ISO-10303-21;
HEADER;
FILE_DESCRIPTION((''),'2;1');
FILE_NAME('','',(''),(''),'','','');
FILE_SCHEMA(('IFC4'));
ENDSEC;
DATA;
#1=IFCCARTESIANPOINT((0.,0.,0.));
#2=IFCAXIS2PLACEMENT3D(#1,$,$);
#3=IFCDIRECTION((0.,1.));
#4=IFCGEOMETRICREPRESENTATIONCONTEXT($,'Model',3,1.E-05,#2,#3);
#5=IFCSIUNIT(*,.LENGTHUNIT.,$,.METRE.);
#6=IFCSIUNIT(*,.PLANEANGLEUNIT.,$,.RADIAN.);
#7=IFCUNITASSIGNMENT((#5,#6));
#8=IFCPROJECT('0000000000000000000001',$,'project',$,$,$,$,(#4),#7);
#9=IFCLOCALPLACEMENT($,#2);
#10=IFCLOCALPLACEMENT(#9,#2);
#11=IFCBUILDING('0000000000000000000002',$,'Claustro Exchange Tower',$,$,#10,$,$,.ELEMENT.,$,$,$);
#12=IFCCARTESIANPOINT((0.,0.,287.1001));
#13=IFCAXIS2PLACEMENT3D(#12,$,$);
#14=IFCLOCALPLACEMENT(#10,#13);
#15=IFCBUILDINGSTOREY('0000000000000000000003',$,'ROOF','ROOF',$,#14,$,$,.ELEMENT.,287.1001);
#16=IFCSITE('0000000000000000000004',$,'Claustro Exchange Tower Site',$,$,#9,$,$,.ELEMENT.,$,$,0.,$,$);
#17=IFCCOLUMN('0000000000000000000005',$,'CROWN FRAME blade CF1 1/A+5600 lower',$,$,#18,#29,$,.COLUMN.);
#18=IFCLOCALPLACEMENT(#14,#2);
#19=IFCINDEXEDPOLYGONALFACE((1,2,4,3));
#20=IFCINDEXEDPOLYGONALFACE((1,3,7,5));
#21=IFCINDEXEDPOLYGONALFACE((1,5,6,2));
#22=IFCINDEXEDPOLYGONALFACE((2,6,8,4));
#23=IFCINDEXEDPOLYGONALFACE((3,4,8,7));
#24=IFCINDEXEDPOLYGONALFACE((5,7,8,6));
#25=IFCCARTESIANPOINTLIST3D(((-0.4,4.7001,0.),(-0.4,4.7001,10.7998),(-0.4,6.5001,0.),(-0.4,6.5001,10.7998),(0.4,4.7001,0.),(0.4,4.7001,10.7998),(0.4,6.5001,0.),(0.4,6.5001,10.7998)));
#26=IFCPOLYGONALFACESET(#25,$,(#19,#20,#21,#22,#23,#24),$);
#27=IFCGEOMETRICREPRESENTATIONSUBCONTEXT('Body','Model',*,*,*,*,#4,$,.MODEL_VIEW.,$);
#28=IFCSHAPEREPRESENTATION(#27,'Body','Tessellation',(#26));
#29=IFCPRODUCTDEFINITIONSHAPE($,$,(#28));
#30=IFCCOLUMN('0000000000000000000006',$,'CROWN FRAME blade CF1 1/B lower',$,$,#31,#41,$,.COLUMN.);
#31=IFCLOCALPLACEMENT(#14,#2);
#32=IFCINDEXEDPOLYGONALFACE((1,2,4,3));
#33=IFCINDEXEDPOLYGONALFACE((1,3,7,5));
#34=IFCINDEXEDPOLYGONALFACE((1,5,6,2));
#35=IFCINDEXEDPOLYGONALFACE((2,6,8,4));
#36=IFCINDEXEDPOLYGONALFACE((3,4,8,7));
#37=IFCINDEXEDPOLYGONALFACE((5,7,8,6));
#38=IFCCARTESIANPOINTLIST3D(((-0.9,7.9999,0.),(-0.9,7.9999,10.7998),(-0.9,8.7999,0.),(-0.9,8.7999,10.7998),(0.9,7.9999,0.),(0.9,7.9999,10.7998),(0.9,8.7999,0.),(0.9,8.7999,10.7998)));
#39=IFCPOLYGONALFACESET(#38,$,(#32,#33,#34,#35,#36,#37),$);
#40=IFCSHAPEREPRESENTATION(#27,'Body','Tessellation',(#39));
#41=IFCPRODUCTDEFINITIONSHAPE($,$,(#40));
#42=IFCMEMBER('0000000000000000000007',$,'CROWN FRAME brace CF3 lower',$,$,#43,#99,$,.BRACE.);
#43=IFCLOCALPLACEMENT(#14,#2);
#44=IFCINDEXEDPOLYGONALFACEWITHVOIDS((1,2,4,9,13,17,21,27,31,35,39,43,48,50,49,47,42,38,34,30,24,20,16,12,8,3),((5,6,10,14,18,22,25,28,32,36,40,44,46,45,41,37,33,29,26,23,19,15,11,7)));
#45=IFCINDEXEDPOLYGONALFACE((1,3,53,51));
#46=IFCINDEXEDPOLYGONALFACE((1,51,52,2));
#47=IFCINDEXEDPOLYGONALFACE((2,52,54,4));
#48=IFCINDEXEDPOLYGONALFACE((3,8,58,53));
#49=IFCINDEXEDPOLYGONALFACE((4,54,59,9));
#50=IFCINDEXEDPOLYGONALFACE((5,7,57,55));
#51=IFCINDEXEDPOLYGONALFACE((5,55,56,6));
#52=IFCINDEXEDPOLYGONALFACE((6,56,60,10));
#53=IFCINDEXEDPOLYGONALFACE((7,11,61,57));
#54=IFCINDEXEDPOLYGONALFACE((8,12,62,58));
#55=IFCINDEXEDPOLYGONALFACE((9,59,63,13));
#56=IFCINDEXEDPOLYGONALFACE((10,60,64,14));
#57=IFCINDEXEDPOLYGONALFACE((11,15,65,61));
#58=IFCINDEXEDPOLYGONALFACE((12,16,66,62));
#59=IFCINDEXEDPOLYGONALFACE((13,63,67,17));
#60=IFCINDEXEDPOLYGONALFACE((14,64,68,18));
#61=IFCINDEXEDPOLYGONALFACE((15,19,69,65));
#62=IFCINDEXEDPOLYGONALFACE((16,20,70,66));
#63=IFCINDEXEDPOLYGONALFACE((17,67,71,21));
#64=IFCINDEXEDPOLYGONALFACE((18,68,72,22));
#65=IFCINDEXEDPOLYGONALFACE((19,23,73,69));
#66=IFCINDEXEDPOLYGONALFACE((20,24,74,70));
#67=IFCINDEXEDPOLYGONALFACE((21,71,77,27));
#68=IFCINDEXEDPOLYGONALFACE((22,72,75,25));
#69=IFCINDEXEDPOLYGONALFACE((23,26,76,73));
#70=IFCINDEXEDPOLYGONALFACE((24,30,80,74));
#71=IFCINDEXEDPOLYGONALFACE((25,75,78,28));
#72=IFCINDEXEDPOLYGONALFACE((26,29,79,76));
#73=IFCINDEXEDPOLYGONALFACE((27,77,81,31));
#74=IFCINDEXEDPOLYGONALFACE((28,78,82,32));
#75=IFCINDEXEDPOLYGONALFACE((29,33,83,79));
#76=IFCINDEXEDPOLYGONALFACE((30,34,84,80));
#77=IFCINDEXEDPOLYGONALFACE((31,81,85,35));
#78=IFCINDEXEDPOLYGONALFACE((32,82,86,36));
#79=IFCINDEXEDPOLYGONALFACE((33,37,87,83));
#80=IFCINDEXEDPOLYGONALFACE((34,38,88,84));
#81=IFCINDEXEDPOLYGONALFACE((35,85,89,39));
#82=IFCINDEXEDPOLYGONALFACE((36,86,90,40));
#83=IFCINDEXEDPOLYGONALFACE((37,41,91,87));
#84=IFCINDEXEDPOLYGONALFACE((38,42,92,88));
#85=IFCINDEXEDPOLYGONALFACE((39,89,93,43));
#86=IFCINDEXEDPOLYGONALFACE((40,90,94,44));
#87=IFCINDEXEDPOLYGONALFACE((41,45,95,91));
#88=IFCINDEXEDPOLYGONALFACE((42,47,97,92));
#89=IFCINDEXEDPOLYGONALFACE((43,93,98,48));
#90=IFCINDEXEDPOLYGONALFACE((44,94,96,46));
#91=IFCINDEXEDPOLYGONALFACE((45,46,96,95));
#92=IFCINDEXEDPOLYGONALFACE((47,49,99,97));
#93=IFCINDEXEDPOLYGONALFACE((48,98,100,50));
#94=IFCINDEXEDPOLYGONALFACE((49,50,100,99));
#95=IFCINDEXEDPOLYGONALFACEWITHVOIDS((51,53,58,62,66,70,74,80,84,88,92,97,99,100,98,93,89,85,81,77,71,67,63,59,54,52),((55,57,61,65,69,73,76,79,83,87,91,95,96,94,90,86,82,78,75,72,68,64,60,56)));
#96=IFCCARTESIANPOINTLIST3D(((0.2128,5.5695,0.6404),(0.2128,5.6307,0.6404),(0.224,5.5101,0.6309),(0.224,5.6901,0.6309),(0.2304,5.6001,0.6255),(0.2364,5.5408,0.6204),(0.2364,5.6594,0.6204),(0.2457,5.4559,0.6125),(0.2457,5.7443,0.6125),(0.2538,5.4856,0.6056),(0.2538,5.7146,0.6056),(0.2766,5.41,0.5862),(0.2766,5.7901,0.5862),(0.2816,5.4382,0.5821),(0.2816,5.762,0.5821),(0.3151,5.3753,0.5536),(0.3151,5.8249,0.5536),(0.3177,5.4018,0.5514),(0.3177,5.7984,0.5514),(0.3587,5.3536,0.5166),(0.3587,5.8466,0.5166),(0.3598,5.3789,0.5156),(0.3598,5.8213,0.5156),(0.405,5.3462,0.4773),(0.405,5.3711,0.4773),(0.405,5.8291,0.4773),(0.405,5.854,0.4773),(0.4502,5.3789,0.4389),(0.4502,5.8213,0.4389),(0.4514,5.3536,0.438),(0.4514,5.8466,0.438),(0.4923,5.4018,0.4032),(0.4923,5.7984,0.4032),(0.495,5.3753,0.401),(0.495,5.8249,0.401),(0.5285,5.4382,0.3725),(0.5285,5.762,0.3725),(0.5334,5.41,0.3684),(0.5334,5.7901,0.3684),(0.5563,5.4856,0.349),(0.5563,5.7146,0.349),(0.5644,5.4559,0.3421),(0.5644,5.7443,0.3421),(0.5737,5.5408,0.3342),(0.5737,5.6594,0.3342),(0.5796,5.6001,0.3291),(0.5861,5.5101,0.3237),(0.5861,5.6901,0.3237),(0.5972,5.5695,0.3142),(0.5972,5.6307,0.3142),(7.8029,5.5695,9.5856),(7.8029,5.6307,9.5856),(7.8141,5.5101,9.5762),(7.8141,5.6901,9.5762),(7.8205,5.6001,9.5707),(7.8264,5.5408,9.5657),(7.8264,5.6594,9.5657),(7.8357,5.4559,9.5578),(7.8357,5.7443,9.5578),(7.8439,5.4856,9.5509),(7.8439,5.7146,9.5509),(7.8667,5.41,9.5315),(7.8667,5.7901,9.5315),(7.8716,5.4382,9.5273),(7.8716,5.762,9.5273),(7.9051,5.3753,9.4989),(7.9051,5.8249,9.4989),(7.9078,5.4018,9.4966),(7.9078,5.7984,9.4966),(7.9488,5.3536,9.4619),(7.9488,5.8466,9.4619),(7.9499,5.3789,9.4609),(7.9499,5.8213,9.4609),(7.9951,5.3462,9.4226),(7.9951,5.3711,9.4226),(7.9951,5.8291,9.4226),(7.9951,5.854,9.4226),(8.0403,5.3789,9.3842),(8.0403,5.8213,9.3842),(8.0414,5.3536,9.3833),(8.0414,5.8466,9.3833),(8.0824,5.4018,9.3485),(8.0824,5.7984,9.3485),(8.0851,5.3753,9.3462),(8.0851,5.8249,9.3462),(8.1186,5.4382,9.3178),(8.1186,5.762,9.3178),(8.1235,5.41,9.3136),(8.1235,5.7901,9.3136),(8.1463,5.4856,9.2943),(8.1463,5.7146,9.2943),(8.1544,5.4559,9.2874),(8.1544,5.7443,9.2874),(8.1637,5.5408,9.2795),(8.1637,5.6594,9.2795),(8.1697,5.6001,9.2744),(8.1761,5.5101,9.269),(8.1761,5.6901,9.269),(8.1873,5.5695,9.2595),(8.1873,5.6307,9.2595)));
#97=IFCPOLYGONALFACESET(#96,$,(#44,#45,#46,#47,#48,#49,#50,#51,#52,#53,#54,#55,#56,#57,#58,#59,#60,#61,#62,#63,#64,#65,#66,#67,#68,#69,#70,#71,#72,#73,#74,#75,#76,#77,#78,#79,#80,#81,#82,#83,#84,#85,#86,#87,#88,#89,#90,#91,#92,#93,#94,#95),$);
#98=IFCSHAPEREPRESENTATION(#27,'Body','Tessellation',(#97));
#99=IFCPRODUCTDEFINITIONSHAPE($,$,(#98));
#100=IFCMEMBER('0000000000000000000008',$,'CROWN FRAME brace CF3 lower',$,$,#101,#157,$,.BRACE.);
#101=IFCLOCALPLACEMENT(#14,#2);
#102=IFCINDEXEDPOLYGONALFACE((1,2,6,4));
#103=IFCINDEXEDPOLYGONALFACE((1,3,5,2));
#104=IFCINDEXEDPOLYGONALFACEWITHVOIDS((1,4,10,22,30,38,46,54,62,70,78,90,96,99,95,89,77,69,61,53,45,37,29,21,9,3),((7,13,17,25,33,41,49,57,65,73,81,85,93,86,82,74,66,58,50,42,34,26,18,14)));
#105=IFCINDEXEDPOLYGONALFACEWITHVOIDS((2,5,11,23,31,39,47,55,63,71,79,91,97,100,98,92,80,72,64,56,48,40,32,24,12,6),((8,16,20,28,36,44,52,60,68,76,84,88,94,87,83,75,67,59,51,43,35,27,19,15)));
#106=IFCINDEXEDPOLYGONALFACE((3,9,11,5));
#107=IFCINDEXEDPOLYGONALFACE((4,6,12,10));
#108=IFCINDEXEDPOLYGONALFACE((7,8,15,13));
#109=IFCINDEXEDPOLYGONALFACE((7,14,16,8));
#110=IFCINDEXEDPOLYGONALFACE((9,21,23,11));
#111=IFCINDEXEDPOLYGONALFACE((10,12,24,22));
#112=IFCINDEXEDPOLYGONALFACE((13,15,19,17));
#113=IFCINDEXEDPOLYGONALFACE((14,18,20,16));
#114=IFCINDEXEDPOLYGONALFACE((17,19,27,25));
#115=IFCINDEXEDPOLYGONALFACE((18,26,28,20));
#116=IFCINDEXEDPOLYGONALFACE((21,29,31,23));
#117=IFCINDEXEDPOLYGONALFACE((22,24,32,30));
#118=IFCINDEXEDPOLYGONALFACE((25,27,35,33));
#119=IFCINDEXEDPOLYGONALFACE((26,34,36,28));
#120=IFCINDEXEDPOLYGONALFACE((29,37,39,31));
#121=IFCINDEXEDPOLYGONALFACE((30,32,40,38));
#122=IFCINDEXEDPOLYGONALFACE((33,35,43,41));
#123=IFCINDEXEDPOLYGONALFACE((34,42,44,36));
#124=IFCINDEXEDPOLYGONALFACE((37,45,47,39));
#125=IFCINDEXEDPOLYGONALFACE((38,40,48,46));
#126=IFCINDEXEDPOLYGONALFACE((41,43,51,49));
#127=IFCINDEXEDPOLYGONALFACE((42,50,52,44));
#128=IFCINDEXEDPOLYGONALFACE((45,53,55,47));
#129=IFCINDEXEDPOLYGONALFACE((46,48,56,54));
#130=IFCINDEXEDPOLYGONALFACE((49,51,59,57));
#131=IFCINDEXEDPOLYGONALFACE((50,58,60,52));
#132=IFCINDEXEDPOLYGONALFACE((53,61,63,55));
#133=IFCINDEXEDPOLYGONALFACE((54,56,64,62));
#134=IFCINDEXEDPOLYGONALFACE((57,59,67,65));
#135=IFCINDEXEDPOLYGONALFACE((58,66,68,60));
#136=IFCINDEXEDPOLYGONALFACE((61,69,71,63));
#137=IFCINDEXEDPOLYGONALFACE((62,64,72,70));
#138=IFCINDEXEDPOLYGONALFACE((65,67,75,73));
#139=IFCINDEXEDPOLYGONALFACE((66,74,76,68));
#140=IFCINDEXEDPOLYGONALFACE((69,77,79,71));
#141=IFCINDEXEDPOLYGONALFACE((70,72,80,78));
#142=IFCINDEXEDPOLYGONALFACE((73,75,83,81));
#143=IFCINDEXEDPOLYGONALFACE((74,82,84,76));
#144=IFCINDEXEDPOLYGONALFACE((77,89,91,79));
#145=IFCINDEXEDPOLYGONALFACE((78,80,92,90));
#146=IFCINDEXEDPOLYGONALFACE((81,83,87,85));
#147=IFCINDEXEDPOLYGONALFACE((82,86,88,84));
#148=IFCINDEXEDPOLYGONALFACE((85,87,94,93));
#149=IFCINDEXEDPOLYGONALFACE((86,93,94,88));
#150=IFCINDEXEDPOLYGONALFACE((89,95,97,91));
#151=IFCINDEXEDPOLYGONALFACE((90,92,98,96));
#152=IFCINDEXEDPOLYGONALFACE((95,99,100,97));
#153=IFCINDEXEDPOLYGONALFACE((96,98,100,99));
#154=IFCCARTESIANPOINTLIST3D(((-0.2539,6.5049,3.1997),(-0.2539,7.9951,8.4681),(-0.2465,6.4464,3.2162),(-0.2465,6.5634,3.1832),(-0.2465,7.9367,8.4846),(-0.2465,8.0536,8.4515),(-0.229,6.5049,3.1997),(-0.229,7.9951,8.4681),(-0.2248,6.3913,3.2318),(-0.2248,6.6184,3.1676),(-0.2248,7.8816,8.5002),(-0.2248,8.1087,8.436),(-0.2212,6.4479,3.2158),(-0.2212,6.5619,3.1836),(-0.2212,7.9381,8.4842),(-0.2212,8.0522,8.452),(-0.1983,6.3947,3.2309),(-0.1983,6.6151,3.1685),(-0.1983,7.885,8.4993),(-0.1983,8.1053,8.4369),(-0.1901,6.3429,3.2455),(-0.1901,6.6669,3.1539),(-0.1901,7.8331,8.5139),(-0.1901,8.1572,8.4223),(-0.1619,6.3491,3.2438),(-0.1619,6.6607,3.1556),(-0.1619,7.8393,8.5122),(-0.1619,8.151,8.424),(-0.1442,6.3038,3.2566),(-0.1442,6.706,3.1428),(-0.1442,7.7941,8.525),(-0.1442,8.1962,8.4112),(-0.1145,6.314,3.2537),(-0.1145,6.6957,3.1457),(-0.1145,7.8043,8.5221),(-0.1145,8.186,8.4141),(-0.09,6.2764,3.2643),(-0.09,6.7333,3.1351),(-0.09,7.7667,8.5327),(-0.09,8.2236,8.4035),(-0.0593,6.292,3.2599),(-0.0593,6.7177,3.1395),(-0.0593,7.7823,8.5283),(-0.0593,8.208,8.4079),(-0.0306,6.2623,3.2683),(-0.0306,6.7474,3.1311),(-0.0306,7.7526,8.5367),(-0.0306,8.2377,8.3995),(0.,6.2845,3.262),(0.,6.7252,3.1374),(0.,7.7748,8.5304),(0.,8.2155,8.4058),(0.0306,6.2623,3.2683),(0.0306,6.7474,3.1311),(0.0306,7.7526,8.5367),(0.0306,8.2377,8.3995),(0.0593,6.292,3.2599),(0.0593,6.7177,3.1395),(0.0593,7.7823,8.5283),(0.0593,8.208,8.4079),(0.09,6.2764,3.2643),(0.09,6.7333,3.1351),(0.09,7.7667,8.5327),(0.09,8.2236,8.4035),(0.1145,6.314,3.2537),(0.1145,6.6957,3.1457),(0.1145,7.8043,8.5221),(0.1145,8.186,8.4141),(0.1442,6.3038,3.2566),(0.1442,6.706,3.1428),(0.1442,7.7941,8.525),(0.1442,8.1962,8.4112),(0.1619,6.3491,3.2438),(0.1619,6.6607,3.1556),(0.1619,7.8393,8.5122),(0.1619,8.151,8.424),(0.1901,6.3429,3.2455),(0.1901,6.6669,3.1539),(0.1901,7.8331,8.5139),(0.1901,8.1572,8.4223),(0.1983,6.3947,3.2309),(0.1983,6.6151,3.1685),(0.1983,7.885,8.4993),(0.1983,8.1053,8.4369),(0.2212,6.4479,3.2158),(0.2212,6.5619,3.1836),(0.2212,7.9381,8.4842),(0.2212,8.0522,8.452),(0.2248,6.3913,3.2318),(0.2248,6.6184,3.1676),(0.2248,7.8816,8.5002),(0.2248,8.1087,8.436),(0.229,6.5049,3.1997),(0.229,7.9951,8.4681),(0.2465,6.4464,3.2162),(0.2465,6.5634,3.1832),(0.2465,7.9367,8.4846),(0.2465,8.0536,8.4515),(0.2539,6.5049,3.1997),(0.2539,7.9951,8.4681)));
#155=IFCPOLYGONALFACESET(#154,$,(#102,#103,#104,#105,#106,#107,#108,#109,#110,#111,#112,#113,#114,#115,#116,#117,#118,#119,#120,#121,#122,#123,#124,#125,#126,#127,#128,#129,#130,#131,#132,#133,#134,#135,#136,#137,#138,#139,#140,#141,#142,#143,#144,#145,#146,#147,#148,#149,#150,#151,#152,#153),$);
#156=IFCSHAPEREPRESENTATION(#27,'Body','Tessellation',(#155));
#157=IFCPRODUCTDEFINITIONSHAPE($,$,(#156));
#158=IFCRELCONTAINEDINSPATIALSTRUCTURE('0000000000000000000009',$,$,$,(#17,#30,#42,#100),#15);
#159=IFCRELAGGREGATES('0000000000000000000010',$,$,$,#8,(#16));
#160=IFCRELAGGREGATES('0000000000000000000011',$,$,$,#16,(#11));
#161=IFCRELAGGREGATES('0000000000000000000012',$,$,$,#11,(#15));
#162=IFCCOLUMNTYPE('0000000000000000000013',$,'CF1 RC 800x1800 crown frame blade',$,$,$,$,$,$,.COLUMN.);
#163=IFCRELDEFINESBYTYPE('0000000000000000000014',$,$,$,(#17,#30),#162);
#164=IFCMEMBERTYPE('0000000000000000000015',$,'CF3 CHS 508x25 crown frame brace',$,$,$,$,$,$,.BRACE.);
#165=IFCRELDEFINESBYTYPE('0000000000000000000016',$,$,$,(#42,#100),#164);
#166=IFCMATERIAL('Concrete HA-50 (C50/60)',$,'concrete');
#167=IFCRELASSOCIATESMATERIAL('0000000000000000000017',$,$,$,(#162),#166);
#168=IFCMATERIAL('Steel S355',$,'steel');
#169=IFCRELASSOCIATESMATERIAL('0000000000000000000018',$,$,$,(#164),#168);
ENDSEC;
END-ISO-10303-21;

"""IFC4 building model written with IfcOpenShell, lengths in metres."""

from ifc_helpers import new_model, si_unit, direction, frame, origin, origin_2d, place, context, subcontext, project, spatial, rectangle, hollow_circle, extrude, material, material_profile, profile_set, type_object, element, save


model = new_model("IFC4")

# Units and contexts
model_context = context("Model", 3, precision=1e-05, world=origin(), true_north=direction((0.0, 1.0)))
body_context = subcontext(model_context, "Body", "Model", "MODEL_VIEW")
ifc_project = project(units=[si_unit("LENGTHUNIT", "METRE"), si_unit("PLANEANGLEUNIT", "RADIAN")], contexts=[model_context])

# Site, building, storey
site_placement = place(None, origin())
site = spatial("IfcSite", under=ifc_project, at=site_placement, Name="Claustro Exchange Tower Site", CompositionType="ELEMENT", RefElevation=0.0)
building_placement = place(site_placement, origin())
building = spatial("IfcBuilding", under=site, at=building_placement, Name="Claustro Exchange Tower", CompositionType="ELEMENT")
storey_placement = place(building_placement, frame((0.0, 0.0, 287.1001)))
storey = spatial("IfcBuildingStorey", under=building, at=storey_placement, Name="ROOF", Description="ROOF", CompositionType="ELEMENT", Elevation=287.1001)

# Columns
ifc_material_1 = material(Name="Concrete HA-50 (C50/60)", Category="concrete")
ifc_material_profile_1 = material_profile(ifc_material_1, rectangle(XDim=0.8, YDim=1.8, at=origin_2d()), Name="RC 800x1800")
ifc_profile_set_1 = profile_set([ifc_material_profile_1], Name="Concrete HA-50 (C50/60)")
column_type = type_object("IfcColumnType", Name="CF1 RC 800x1800 crown frame blade", PredefinedType="COLUMN", material=ifc_profile_set_1)
for number, where, z_axis, x_axis, name in (
    (1, (0.0, 5.6001, 0.0), (0.0, 0.0, 1.0), (1.0, 0.0, 0.0), "CROWN FRAME blade CF1 1/A+5600 lower"),
    (2, (0.0, 8.3999, 0.0), (0.0, 0.0, 1.0), (0.0, 1.0, 0.0), "CROWN FRAME blade CF1 1/B lower"),
):
    element("IfcColumn", number, at=place(storey_placement, frame(where, z_axis=z_axis, x_axis=x_axis)), inside=storey, type_object=column_type, Name=name, PredefinedType="COLUMN", context=body_context, shape_type="SweptSolid", body=[
        extrude(rectangle(XDim=0.8, YDim=1.8, at=origin_2d()), origin(), (0.0, 0.0, 1.0), 10.7998),
    ])

# Members
ifc_material_2 = material(Name="Steel S355", Category="steel")
ifc_material_profile_2 = material_profile(ifc_material_2, hollow_circle(Radius=0.2539, WallThickness=0.0249, at=origin_2d()), Name="CHS 508x25")
ifc_profile_set_2 = profile_set([ifc_material_profile_2], Name="Steel S355")
member_type = type_object("IfcMemberType", Name="CF3 CHS 508x25 crown frame brace", PredefinedType="BRACE", material=ifc_profile_set_2)
member_1_placement = place(storey_placement, frame((0.405, 5.6001, 0.4773), z_axis=(0.646984, 0.0, 0.762504), x_axis=(0.0, 1.0, 0.0)))
element("IfcMember", 3, at=member_1_placement, inside=storey, type_object=member_type, Name="CROWN FRAME brace CF3 lower", PredefinedType="BRACE", context=body_context, shape_type="SweptSolid", body=[
    extrude(hollow_circle(Radius=0.2539, WallThickness=0.0249, at=origin_2d()), origin(), (0.0, 0.0, 1.0), 11.7314),
])
member_2_placement = place(storey_placement, frame((0.0, 6.5049, 3.1997), z_axis=(0.0, 0.272188, 0.962244), x_axis=(-1.0, 0.0, 0.0)))
element("IfcMember", 4, at=member_2_placement, inside=storey, type_object=member_type, Name="CROWN FRAME brace CF3 lower", PredefinedType="BRACE", context=body_context, shape_type="SweptSolid", body=[
    extrude(hollow_circle(Radius=0.2539, WallThickness=0.0249, at=origin_2d()), origin(), (0.0, 0.0, 1.0), 5.4751),
])

save(model, "model.ifc")
